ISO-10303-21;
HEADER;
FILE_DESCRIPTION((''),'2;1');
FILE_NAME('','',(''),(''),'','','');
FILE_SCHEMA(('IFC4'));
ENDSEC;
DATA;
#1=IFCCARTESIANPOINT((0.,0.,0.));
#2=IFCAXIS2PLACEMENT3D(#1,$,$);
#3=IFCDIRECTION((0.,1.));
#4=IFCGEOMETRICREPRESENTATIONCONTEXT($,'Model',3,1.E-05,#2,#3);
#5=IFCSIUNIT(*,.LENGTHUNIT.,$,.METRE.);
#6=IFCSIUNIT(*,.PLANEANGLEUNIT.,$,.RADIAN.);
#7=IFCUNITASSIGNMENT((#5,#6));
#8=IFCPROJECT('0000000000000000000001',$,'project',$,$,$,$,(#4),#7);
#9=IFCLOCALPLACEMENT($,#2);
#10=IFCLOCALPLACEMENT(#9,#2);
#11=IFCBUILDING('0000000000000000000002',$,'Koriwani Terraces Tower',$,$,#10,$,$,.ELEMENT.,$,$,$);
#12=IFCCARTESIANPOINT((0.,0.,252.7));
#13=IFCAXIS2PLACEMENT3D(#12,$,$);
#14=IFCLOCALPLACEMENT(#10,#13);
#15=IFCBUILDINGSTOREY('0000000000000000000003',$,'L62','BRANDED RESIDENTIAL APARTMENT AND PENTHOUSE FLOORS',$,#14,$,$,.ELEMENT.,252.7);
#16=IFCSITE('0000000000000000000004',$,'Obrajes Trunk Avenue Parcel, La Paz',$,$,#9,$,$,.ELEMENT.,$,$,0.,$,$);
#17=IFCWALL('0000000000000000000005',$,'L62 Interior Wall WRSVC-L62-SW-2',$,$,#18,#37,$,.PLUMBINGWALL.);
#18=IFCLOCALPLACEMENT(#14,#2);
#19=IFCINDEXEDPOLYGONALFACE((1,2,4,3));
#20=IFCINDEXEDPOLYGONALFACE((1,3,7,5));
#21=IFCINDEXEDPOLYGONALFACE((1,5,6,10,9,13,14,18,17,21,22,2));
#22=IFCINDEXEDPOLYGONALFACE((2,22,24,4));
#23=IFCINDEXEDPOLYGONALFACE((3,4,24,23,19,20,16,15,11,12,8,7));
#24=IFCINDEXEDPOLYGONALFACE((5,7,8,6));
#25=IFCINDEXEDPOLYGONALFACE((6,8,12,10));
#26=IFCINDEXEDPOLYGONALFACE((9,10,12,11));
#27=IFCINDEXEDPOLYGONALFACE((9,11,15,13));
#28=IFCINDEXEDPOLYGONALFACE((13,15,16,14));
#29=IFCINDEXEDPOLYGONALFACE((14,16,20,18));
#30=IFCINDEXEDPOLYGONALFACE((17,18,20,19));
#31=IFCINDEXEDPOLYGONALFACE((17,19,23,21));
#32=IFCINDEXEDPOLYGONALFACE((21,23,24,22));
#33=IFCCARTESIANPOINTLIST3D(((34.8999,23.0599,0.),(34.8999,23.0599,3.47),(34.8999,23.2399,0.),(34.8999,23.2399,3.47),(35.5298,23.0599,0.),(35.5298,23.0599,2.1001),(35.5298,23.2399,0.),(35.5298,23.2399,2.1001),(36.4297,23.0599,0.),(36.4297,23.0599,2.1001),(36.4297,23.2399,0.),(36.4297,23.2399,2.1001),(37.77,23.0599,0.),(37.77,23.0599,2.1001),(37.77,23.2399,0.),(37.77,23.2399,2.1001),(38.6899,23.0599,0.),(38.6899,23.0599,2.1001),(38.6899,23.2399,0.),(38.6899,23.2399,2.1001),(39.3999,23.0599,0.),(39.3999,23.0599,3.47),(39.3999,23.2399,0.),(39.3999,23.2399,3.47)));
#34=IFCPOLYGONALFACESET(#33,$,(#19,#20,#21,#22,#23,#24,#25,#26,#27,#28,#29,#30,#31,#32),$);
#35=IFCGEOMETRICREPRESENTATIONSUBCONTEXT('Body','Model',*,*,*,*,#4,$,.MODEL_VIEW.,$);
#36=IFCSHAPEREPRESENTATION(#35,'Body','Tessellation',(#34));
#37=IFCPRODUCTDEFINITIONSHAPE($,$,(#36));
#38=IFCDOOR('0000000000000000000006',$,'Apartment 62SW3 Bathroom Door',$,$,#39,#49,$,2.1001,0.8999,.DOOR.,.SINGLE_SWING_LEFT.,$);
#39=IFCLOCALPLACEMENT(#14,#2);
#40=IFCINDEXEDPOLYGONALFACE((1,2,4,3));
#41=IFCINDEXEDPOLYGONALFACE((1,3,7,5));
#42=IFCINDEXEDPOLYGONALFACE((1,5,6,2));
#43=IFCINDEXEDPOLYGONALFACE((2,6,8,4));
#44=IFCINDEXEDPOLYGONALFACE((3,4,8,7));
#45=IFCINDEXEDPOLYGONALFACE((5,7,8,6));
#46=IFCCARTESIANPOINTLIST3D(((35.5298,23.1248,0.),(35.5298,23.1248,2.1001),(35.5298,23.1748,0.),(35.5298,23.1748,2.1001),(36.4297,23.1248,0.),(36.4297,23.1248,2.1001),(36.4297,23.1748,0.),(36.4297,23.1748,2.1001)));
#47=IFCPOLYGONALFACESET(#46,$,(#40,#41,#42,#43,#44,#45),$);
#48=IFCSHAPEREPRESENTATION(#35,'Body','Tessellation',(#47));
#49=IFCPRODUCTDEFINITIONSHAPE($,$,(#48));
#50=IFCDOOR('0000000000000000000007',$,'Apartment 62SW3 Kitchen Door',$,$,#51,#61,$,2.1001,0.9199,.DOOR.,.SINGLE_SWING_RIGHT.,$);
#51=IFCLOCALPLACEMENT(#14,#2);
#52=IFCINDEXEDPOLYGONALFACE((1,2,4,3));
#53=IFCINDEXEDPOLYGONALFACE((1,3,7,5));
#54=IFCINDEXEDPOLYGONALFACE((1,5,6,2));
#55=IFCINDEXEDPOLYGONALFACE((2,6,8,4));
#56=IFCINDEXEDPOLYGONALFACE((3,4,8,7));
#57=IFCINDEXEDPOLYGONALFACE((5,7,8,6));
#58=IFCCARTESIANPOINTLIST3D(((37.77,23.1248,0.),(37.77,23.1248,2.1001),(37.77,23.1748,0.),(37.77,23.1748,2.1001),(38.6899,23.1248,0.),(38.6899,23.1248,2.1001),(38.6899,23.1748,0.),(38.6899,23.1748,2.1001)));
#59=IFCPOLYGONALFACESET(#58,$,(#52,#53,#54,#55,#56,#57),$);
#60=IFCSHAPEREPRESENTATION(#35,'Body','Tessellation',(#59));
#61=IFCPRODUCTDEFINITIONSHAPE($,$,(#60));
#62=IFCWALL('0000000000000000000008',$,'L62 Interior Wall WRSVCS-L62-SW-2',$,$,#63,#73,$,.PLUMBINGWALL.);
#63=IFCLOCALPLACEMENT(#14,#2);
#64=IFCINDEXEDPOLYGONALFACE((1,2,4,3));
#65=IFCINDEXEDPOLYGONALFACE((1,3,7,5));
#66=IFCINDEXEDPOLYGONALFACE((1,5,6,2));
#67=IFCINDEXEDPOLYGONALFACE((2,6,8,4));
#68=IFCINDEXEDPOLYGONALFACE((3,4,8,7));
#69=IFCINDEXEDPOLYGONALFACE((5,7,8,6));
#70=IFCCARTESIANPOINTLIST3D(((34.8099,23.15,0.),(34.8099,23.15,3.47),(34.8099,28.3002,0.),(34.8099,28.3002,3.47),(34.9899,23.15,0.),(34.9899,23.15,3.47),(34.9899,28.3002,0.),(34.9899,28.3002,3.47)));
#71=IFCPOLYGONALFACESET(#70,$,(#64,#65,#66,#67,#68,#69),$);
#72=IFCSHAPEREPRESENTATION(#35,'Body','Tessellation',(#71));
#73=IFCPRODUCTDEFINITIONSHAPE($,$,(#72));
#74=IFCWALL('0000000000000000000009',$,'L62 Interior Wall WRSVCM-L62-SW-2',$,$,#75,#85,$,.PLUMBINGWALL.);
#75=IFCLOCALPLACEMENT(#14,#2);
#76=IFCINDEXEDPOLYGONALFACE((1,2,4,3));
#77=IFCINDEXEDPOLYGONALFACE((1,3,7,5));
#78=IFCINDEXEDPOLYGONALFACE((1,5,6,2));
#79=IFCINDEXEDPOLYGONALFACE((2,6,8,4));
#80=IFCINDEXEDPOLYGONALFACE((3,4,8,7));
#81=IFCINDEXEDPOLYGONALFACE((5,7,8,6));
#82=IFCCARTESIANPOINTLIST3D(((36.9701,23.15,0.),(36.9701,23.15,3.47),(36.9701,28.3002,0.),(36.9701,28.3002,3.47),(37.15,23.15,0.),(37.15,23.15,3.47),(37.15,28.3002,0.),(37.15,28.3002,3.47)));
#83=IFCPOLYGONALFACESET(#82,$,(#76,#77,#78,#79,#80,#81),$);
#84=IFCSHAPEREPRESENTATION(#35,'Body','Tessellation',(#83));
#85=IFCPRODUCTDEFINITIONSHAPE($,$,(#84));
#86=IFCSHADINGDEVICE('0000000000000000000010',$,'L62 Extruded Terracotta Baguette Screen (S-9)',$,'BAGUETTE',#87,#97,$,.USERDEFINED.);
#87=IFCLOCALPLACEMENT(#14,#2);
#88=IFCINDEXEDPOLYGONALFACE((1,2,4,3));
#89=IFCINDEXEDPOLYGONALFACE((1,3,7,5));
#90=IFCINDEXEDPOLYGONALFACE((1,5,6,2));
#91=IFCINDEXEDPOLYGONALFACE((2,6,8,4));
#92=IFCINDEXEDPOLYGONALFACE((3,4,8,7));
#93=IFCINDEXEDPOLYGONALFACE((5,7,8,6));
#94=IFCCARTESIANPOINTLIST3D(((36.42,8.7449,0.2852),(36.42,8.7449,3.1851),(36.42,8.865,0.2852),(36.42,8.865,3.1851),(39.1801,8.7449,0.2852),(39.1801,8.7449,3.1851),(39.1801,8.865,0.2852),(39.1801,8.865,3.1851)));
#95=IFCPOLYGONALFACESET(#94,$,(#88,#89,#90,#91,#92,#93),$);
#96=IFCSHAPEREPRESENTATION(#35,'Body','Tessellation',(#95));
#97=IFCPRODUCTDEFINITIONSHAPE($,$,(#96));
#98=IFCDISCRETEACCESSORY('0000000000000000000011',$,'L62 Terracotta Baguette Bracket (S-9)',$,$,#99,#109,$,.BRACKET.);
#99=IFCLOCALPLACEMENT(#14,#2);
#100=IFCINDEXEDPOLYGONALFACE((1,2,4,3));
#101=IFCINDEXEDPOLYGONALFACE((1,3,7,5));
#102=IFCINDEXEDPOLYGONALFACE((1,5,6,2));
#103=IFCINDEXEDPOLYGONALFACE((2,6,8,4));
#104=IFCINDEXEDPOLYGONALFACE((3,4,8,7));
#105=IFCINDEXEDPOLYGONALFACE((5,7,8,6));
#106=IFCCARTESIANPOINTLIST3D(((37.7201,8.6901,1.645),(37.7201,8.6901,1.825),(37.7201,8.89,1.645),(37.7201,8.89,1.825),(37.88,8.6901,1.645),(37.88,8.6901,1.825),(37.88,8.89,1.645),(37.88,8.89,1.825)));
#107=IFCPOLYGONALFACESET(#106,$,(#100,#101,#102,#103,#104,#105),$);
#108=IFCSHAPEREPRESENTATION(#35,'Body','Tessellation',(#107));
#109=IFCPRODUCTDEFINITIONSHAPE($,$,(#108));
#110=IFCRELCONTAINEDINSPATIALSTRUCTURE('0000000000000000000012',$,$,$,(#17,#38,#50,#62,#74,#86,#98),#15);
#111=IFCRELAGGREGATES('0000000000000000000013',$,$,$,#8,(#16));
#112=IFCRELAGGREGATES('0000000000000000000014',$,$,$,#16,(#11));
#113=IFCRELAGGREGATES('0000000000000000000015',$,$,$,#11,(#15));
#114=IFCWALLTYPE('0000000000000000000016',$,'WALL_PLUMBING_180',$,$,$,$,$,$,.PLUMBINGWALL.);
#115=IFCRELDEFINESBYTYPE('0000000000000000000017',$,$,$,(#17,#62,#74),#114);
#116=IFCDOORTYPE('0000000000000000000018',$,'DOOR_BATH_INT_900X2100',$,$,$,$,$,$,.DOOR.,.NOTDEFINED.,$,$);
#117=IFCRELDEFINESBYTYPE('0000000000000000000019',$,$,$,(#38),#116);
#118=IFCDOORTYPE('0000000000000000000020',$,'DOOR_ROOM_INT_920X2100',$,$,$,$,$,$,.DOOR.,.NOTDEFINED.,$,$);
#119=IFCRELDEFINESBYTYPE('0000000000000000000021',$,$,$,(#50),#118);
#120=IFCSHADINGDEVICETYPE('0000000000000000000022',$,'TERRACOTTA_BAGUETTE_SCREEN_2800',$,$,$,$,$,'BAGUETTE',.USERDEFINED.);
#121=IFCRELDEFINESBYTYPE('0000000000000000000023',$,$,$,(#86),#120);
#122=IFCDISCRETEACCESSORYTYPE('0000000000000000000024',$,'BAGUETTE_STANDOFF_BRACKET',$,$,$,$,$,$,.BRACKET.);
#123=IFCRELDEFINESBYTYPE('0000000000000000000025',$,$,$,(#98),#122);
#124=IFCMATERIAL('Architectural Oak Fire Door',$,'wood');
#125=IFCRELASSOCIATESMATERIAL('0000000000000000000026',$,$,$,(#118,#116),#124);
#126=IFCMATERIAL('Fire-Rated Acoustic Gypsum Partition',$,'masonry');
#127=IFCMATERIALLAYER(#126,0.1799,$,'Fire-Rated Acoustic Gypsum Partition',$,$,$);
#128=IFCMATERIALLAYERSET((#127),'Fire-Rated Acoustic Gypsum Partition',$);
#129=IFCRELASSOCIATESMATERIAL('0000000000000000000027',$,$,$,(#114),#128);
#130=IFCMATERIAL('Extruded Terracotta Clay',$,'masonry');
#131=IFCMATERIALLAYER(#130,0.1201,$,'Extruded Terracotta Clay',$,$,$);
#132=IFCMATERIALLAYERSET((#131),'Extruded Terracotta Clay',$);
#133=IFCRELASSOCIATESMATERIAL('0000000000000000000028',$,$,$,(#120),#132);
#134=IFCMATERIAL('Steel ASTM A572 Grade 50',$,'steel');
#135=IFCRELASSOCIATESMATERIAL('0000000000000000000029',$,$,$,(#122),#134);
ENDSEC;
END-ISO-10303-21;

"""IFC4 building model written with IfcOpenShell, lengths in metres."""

from ifc_helpers import new_model, si_unit, direction, frame, frame_2d, origin, origin_2d, place, context, subcontext, project, spatial, rectangle, extrude, material, layer, layer_set, type_object, element, fill, save


model = new_model("IFC4")

# Units and contexts
model_context = context("Model", 3, precision=1e-05, world=origin(), true_north=direction((0.0, 1.0)))
body_context = subcontext(model_context, "Body", "Model", "MODEL_VIEW")
ifc_project = project(units=[si_unit("LENGTHUNIT", "METRE"), si_unit("PLANEANGLEUNIT", "RADIAN")], contexts=[model_context])

# Site, building, storey
site_placement = place(None, origin())
site = spatial("IfcSite", under=ifc_project, at=site_placement, Name="Obrajes Trunk Avenue Parcel, La Paz", CompositionType="ELEMENT", RefElevation=0.0)
building_placement = place(site_placement, origin())
building = spatial("IfcBuilding", under=site, at=building_placement, Name="Koriwani Terraces Tower", CompositionType="ELEMENT")
storey_placement = place(building_placement, frame((0.0, 0.0, 252.7)))
storey = spatial("IfcBuildingStorey", under=building, at=storey_placement, Name="L62", Description="BRANDED RESIDENTIAL APARTMENT AND PENTHOUSE FLOORS", CompositionType="ELEMENT", Elevation=252.7)

# Shared definitions
ifc_material_1 = material(Name="Steel ASTM A572 Grade 50", Category="steel")

# Shared definitions
ifc_material_2 = material(Name="Architectural Oak Fire Door", Category="wood")
door_type_1 = type_object("IfcDoorType", Name="DOOR_ROOM_INT_920X2100", OperationType="NOTDEFINED", PredefinedType="DOOR", material=ifc_material_2)

# Shared definitions
ifc_material_3 = material(Name="Fire-Rated Acoustic Gypsum Partition", Category="masonry")
ifc_layer_1 = layer(ifc_material_3, 0.1799, Name="Fire-Rated Acoustic Gypsum Partition")
ifc_layer_set_1 = layer_set([ifc_layer_1], Name="Fire-Rated Acoustic Gypsum Partition")
wall_type_1 = type_object("IfcWallType", Name="WALL_PLUMBING_180", PredefinedType="PLUMBINGWALL", material=ifc_layer_set_1)
door_type_2 = type_object("IfcDoorType", Name="DOOR_BATH_INT_900X2100", OperationType="NOTDEFINED", PredefinedType="DOOR", material=ifc_material_2)

# Wall, openings, doors
wall_1_placement = place(storey_placement, frame((34.8999, 23.1499, 0.0), z_axis=(0.0, 0.0, 1.0), x_axis=(1.0, 0.0, 0.0)))
wall_1 = element("IfcWall", 1, at=wall_1_placement, inside=storey, type_object=wall_type_1, Name="L62 Interior Wall WRSVC-L62-SW-2", PredefinedType="PLUMBINGWALL", context=body_context, shape_type="SweptSolid", body=[
    extrude(rectangle(XDim=4.5, YDim=0.1799, at=frame_2d((2.25, 0.0))), origin(), (0.0, 0.0, 1.0), 3.47),
])
opening_1_placement = place(wall_1_placement, frame((0.6299, 0.0, 0.0)))
opening_1 = element("IfcOpeningElement", 2, at=opening_1_placement, cuts=wall_1, PredefinedType="OPENING", context=body_context, shape_type="SweptSolid", body=[
    extrude(rectangle(XDim=0.8999, YDim=2.1001, at=frame_2d((0.45, 1.05))), frame((0.0, 0.1001, 0.0), z_axis=(0.0, -1.0, 0.0), x_axis=(1.0, 0.0, 0.0)), (0.0, 0.0, 1.0), 0.2),
])
opening_2_placement = place(wall_1_placement, frame((2.8701, 0.0, 0.0)))
opening_2 = element("IfcOpeningElement", 3, at=opening_2_placement, cuts=wall_1, PredefinedType="OPENING", context=body_context, shape_type="SweptSolid", body=[
    extrude(rectangle(XDim=0.9199, YDim=2.1001, at=frame_2d((0.46, 1.05))), frame((0.0, 0.1001, 0.0), z_axis=(0.0, -1.0, 0.0), x_axis=(1.0, 0.0, 0.0)), (0.0, 0.0, 1.0), 0.2),
])
door_1_placement = place(opening_1_placement, origin())
door_1 = element("IfcDoor", 4, at=door_1_placement, inside=storey, type_object=door_type_2, Name="Apartment 62SW3 Bathroom Door", OperationType="SINGLE_SWING_LEFT", OverallHeight=2.1001, OverallWidth=0.8999, PredefinedType="DOOR", context=body_context, shape_type="SweptSolid", body=[
    extrude(rectangle(XDim=0.8999, YDim=2.1001, at=frame_2d((0.45, 1.05))), frame((0.0, 0.0249, 0.0), z_axis=(0.0, -1.0, 0.0), x_axis=(1.0, 0.0, 0.0)), (0.0, 0.0, 1.0), 0.05),
])
fill(opening_1, door_1)
door_2_placement = place(opening_2_placement, origin())
door_2 = element("IfcDoor", 5, at=door_2_placement, inside=storey, type_object=door_type_1, Name="Apartment 62SW3 Kitchen Door", OperationType="SINGLE_SWING_RIGHT", OverallHeight=2.1001, OverallWidth=0.9199, PredefinedType="DOOR", context=body_context, shape_type="SweptSolid", body=[
    extrude(rectangle(XDim=0.9199, YDim=2.1001, at=frame_2d((0.46, 1.05))), frame((0.0, 0.0249, 0.0), z_axis=(0.0, -1.0, 0.0), x_axis=(1.0, 0.0, 0.0)), (0.0, 0.0, 1.0), 0.05),
])
fill(opening_2, door_2)

# Walls
for number, where, z_axis, x_axis, name in (
    (6, (34.8999, 23.1499, 0.0), (0.0, 0.0, 1.0), (0.0, 1.0, 0.0), "L62 Interior Wall WRSVCS-L62-SW-2"),
    (7, (37.0601, 23.1499, 0.0), (0.0, 0.0, 1.0), (0.0, 1.0, 0.0), "L62 Interior Wall WRSVCM-L62-SW-2"),
):
    element("IfcWall", number, at=place(storey_placement, frame(where, z_axis=z_axis, x_axis=x_axis)), inside=storey, type_object=wall_type_1, Name=name, PredefinedType="PLUMBINGWALL", context=body_context, shape_type="SweptSolid", body=[
        extrude(rectangle(XDim=5.1501, YDim=0.1799, at=frame_2d((2.5752, 0.0))), origin(), (0.0, 0.0, 1.0), 3.47),
    ])

# Shading device
ifc_material_4 = material(Name="Extruded Terracotta Clay", Category="masonry")
ifc_layer_2 = layer(ifc_material_4, 0.1201, Name="Extruded Terracotta Clay")
ifc_layer_set_2 = layer_set([ifc_layer_2], Name="Extruded Terracotta Clay")
shading_device_type = type_object("IfcShadingDeviceType", Name="TERRACOTTA_BAGUETTE_SCREEN_2800", ElementType="BAGUETTE", PredefinedType="USERDEFINED", material=ifc_layer_set_2)
shading_device_placement = place(storey_placement, frame((37.8, 8.8049, 0.2852), z_axis=(0.0, 0.0, 1.0), x_axis=(-1.0, 0.0, 0.0)))
element("IfcShadingDevice", 8, at=shading_device_placement, inside=storey, type_object=shading_device_type, Name="L62 Extruded Terracotta Baguette Screen (S-9)", ObjectType="BAGUETTE", PredefinedType="USERDEFINED", context=body_context, shape_type="SweptSolid", body=[
    extrude(rectangle(XDim=2.76, YDim=0.1201, at=origin_2d()), origin(), (0.0, 0.0, 1.0), 2.8999),
])

# Discrete accessory
discrete_accessory_type = type_object("IfcDiscreteAccessoryType", Name="BAGUETTE_STANDOFF_BRACKET", PredefinedType="BRACKET", material=ifc_material_1)
discrete_accessory_placement = place(storey_placement, frame((37.8, 8.79, 1.645), z_axis=(0.0, 0.0, 1.0), x_axis=(-1.0, 0.0, 0.0)))
element("IfcDiscreteAccessory", 9, at=discrete_accessory_placement, inside=storey, type_object=discrete_accessory_type, Name="L62 Terracotta Baguette Bracket (S-9)", PredefinedType="BRACKET", context=body_context, shape_type="SweptSolid", body=[
    extrude(rectangle(XDim=0.1599, YDim=0.2, at=origin_2d()), origin(), (0.0, 0.0, 1.0), 0.1799),
])

save(model, "model.ifc")
